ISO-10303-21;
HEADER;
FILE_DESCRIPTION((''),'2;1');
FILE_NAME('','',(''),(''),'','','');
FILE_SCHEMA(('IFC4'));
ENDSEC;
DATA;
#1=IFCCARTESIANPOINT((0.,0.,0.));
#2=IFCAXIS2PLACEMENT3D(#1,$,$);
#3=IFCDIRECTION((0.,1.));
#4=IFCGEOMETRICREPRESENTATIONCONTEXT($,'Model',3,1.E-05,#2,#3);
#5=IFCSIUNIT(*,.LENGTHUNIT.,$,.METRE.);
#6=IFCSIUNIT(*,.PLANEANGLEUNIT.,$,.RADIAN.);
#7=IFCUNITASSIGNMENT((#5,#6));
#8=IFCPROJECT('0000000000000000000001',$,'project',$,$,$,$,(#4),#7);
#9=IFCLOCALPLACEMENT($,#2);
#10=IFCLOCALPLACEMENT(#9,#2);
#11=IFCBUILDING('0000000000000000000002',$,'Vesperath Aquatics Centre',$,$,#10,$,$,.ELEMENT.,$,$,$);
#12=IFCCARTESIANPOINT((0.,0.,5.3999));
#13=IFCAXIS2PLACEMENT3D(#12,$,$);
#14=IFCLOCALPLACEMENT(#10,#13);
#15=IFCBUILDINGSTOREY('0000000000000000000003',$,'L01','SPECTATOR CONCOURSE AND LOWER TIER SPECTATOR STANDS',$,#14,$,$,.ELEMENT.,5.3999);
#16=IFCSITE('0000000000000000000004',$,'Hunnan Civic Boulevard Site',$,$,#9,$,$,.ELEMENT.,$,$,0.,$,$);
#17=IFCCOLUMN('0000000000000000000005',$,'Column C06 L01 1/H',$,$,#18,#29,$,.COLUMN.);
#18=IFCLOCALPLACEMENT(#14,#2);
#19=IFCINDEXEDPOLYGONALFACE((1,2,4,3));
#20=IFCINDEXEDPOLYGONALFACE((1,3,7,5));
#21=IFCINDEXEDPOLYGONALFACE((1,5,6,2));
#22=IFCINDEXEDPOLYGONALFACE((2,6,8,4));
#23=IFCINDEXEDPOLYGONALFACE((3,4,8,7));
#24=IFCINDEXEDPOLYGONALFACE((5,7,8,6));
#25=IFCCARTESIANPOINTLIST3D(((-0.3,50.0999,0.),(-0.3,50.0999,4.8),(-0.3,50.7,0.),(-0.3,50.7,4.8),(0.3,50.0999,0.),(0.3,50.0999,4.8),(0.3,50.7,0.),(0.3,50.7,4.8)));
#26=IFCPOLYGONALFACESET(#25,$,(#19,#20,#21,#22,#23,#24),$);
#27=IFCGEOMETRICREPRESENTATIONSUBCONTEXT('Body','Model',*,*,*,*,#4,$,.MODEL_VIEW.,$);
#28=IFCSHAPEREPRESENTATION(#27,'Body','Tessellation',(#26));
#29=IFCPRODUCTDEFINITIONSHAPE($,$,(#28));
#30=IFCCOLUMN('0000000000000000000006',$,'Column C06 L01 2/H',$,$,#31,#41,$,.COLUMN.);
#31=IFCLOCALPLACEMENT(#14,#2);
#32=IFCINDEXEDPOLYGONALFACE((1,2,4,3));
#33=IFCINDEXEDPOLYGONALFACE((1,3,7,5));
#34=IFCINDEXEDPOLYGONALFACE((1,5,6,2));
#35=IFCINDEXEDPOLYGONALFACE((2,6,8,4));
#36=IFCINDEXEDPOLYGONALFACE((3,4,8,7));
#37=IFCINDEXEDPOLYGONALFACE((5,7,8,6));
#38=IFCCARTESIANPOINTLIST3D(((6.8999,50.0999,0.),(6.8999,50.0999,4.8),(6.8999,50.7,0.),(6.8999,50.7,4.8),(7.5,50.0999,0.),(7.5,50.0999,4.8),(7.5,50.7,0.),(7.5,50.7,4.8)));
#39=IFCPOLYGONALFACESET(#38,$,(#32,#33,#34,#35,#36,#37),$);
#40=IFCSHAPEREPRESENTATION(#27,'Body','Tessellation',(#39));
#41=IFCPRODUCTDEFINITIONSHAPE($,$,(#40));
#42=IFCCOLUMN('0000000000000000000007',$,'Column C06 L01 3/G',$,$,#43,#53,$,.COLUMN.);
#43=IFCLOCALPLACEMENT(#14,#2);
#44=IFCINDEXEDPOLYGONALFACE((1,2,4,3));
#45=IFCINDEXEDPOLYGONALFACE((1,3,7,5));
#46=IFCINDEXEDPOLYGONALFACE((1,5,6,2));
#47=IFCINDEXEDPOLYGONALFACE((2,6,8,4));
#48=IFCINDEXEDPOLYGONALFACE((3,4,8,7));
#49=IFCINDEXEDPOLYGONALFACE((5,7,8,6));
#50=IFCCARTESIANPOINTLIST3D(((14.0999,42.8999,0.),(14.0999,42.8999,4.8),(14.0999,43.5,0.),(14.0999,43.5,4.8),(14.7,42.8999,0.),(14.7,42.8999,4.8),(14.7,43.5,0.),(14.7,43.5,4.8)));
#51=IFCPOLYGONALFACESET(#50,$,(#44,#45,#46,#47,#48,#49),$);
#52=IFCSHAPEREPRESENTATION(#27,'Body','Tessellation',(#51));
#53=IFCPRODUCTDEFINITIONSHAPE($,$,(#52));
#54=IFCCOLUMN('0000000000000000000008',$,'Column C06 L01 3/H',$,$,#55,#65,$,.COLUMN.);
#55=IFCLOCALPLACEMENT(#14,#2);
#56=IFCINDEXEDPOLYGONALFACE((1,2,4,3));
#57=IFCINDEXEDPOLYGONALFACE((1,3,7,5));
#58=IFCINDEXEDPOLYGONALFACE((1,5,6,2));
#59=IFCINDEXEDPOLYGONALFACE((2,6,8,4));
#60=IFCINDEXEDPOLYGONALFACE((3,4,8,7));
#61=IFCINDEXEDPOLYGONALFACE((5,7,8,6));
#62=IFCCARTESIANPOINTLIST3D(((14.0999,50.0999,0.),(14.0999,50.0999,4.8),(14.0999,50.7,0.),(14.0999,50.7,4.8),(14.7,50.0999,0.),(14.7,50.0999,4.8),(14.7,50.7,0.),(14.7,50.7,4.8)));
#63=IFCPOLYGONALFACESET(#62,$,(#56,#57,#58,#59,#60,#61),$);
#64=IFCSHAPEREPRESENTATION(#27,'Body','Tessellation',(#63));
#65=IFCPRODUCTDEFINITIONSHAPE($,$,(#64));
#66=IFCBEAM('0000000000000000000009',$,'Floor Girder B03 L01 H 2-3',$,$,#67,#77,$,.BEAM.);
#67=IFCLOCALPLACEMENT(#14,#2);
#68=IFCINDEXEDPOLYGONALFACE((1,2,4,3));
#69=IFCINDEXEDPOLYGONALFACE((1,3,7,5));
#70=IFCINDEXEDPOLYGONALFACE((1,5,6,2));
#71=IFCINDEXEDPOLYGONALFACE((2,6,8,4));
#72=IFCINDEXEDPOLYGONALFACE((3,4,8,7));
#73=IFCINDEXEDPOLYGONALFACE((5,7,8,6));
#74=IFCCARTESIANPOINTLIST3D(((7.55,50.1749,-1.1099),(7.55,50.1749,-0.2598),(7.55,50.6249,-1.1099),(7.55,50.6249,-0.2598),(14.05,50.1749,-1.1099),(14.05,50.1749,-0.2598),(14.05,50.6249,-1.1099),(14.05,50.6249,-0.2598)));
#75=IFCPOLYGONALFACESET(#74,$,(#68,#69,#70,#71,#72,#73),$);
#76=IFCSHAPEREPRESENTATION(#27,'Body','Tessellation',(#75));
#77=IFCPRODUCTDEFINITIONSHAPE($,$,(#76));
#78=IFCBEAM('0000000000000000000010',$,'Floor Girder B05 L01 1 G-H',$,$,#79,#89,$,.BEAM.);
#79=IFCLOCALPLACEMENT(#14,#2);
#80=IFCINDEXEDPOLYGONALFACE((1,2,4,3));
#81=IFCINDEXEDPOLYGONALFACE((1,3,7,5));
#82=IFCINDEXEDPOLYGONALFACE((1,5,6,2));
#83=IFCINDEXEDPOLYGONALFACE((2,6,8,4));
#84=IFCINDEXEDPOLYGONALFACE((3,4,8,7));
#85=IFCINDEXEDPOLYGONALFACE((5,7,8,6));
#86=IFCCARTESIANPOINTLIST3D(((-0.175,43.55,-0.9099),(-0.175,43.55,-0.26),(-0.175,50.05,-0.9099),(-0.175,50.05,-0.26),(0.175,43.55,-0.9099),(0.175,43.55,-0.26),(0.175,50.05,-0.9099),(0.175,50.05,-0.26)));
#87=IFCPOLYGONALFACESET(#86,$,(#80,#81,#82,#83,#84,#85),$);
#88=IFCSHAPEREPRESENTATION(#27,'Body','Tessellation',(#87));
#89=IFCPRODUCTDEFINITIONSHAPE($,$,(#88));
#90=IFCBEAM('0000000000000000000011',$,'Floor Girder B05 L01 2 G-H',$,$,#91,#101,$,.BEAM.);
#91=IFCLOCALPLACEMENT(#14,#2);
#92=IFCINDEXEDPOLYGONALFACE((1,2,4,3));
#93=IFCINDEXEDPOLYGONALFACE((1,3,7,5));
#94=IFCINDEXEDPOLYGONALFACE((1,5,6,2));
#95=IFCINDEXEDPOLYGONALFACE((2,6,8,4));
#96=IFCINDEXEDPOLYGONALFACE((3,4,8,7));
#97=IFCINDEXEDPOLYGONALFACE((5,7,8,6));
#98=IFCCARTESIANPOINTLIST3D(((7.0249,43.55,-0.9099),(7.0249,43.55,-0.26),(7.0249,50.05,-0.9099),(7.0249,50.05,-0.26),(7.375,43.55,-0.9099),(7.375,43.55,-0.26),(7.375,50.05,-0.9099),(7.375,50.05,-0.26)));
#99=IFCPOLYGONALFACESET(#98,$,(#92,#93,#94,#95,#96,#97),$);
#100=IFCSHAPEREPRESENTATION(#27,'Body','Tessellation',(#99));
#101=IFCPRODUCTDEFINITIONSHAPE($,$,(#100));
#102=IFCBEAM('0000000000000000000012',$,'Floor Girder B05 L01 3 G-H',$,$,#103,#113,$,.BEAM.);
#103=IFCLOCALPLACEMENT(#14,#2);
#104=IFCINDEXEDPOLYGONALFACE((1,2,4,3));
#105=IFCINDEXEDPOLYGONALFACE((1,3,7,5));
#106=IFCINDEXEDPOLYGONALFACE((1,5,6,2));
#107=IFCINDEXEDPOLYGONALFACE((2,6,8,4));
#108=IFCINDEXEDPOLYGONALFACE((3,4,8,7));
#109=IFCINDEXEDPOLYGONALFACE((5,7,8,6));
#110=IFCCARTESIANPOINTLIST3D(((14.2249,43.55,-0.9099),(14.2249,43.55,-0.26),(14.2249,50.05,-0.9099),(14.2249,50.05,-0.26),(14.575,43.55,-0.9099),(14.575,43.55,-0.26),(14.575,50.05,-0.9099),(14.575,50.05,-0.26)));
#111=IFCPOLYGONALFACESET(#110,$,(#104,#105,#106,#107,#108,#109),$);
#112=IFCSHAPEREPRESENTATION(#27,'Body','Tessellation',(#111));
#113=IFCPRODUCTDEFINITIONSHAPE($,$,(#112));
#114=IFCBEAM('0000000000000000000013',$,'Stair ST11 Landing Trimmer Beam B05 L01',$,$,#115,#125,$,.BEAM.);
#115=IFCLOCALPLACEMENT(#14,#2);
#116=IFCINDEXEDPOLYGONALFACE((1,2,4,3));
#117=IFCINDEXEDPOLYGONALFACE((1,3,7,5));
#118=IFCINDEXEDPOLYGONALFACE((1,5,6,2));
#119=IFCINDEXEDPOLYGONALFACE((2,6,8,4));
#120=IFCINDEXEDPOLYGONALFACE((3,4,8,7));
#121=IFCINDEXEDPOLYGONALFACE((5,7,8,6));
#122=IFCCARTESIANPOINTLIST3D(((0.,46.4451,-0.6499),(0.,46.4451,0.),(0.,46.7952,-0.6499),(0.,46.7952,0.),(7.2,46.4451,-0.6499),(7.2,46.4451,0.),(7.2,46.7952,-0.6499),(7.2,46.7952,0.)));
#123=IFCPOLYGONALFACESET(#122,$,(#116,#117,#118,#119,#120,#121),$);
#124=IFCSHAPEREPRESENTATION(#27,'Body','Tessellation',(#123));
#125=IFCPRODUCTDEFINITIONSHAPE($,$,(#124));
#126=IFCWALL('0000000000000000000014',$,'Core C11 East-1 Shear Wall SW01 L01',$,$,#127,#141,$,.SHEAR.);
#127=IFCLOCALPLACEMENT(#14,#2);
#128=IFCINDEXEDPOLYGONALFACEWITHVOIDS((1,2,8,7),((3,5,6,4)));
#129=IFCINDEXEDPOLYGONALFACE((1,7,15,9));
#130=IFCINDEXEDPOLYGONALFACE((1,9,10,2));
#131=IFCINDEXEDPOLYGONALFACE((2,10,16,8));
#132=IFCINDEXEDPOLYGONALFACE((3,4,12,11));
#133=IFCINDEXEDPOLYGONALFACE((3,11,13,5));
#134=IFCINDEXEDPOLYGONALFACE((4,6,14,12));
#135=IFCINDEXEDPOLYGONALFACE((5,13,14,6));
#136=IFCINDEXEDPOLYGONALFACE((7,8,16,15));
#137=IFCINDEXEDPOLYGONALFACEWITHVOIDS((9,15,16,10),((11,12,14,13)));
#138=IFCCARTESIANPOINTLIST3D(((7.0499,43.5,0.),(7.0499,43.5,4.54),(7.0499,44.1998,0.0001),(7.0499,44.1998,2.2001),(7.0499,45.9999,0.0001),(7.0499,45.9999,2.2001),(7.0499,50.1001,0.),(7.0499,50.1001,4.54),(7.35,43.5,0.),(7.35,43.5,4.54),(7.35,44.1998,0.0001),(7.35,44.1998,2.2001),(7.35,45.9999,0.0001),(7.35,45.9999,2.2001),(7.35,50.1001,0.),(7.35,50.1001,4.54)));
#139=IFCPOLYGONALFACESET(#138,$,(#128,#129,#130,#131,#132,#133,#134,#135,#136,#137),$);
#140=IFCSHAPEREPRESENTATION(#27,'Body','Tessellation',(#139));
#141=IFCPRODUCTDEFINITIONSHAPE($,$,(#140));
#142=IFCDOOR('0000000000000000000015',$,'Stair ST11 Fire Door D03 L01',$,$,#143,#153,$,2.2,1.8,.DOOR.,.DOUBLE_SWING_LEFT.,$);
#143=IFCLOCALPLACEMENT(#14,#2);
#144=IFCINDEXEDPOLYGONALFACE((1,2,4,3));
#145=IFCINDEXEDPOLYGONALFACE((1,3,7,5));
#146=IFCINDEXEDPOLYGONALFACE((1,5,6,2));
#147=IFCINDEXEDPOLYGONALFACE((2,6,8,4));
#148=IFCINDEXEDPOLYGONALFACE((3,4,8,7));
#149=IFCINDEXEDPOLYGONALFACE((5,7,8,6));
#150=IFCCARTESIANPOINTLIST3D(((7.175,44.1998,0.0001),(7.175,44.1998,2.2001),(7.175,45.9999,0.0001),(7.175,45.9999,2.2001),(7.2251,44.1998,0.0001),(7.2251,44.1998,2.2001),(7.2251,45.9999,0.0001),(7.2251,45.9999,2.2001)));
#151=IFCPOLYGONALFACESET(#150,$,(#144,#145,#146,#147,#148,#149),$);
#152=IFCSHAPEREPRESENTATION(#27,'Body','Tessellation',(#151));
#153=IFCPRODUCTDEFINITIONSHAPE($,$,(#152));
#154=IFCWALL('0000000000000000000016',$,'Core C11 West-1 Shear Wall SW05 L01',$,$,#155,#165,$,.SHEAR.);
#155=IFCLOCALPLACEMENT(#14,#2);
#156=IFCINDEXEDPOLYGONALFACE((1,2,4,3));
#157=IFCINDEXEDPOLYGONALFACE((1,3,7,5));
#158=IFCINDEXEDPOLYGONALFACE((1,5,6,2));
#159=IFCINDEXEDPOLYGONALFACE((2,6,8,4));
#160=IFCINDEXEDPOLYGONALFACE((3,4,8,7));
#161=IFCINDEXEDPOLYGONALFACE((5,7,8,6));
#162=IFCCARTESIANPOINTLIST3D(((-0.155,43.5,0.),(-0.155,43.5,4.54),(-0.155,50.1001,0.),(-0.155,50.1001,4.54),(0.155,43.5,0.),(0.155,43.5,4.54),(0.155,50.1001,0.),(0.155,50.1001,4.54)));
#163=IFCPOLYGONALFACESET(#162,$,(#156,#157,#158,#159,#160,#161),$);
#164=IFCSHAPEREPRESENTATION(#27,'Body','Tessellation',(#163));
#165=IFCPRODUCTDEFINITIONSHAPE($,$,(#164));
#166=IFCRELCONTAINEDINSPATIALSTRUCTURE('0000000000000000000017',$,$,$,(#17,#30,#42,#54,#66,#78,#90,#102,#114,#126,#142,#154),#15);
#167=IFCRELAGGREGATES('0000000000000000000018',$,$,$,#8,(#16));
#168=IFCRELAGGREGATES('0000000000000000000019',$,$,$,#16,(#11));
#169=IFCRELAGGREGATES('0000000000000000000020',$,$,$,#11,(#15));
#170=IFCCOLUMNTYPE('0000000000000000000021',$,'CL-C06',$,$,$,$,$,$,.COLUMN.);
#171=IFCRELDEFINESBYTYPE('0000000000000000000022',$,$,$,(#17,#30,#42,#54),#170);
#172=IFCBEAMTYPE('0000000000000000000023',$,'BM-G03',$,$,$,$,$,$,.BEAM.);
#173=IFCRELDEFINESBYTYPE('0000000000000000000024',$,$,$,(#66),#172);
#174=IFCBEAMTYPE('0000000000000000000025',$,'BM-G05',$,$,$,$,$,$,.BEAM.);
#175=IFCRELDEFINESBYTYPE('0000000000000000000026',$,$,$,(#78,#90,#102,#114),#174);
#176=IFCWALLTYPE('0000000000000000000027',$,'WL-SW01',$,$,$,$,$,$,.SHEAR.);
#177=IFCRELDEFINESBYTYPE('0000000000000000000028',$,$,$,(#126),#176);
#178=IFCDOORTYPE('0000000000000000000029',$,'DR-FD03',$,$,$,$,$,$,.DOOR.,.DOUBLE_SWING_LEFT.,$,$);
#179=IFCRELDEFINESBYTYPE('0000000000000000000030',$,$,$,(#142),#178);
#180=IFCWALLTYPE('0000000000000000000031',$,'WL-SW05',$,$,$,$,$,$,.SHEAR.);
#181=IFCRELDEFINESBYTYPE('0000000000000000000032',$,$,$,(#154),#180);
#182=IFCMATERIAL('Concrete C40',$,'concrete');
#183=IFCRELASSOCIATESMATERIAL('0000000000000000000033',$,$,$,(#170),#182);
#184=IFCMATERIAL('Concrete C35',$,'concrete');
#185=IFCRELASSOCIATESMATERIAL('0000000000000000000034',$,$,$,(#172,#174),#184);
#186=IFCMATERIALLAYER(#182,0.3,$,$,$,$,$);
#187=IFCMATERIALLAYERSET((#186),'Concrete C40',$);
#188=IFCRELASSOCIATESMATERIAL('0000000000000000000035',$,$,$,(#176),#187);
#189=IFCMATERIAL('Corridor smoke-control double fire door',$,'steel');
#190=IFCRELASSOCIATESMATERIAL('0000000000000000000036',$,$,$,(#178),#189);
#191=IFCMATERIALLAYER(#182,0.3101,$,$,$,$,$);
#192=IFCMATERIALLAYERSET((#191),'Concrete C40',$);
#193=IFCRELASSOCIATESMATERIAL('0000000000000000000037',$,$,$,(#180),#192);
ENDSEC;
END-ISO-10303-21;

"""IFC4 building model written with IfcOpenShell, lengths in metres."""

from ifc_helpers import new_model, si_unit, direction, frame, frame_2d, origin, origin_2d, place, context, subcontext, project, spatial, rectangle, extrude, material, layer, layer_set, material_profile, profile_set, type_object, element, fill, save


model = new_model("IFC4")

# Units and contexts
model_context = context("Model", 3, precision=1e-05, world=origin(), true_north=direction((0.0, 1.0)))
body_context = subcontext(model_context, "Body", "Model", "MODEL_VIEW")
ifc_project = project(units=[si_unit("LENGTHUNIT", "METRE"), si_unit("PLANEANGLEUNIT", "RADIAN")], contexts=[model_context])

# Site, building, storey
site_placement = place(None, origin())
site = spatial("IfcSite", under=ifc_project, at=site_placement, Name="Hunnan Civic Boulevard Site", CompositionType="ELEMENT", RefElevation=0.0)
building_placement = place(site_placement, origin())
building = spatial("IfcBuilding", under=site, at=building_placement, Name="Vesperath Aquatics Centre", CompositionType="ELEMENT")
storey_placement = place(building_placement, frame((0.0, 0.0, 5.3999)))
storey = spatial("IfcBuildingStorey", under=building, at=storey_placement, Name="L01", Description="SPECTATOR CONCOURSE AND LOWER TIER SPECTATOR STANDS", CompositionType="ELEMENT", Elevation=5.3999)

# Columns
ifc_material_1 = material(Name="Concrete C40", Category="concrete")
ifc_material_profile_1 = material_profile(ifc_material_1, rectangle(XDim=0.6001, YDim=0.6001, at=origin_2d()), Name="RC 600x600")
ifc_profile_set_1 = profile_set([ifc_material_profile_1], Name="Concrete C40")
column_type = type_object("IfcColumnType", Name="CL-C06", PredefinedType="COLUMN", material=ifc_profile_set_1)
for number, where, z_axis, x_axis, name in (
    (1, (0.0, 50.3999, 0.0), (0.0, 0.0, 1.0), (1.0, 0.0, 0.0), "Column C06 L01 1/H"),
    (2, (7.2, 50.3999, 0.0), (0.0, 0.0, 1.0), (1.0, 0.0, 0.0), "Column C06 L01 2/H"),
    (3, (14.3999, 43.2, 0.0), (0.0, 0.0, 1.0), (1.0, 0.0, 0.0), "Column C06 L01 3/G"),
    (4, (14.3999, 50.3999, 0.0), (0.0, 0.0, 1.0), (1.0, 0.0, 0.0), "Column C06 L01 3/H"),
):
    element("IfcColumn", number, at=place(storey_placement, frame(where, z_axis=z_axis, x_axis=x_axis)), inside=storey, type_object=column_type, Name=name, PredefinedType="COLUMN", context=body_context, shape_type="SweptSolid", body=[
        extrude(rectangle(XDim=0.6001, YDim=0.6001, at=origin_2d()), origin(), (0.0, 0.0, 1.0), 4.8),
    ])

# Beams
ifc_material_2 = material(Name="Concrete C35", Category="concrete")
ifc_material_profile_2 = material_profile(ifc_material_2, rectangle(XDim=0.45, YDim=0.8501, at=origin_2d()), Name="RC 450x850")
ifc_profile_set_2 = profile_set([ifc_material_profile_2], Name="Concrete C35")
beam_type_1 = type_object("IfcBeamType", Name="BM-G03", PredefinedType="BEAM", material=ifc_profile_set_2)
beam_1_placement = place(storey_placement, frame((7.55, 50.3999, -0.6848), z_axis=(1.0, 0.0, 0.0), x_axis=(0.0, 1.0, 0.0)))
element("IfcBeam", 5, at=beam_1_placement, inside=storey, type_object=beam_type_1, Name="Floor Girder B03 L01 H 2-3", PredefinedType="BEAM", context=body_context, shape_type="SweptSolid", body=[
    extrude(rectangle(XDim=0.45, YDim=0.8501, at=origin_2d()), origin(), (0.0, 0.0, 1.0), 6.5),
])
ifc_material_profile_3 = material_profile(ifc_material_2, rectangle(XDim=0.3501, YDim=0.6499, at=origin_2d()), Name="RC 350x650")
ifc_profile_set_3 = profile_set([ifc_material_profile_3], Name="Concrete C35")
beam_type_2 = type_object("IfcBeamType", Name="BM-G05", PredefinedType="BEAM", material=ifc_profile_set_3)
for number, where, z_axis, x_axis, name in (
    (6, (0.0, 43.55, -0.585), (0.0, 1.0, 0.0), (-1.0, 0.0, 0.0), "Floor Girder B05 L01 1 G-H"),
    (7, (7.2, 43.55, -0.585), (0.0, 1.0, 0.0), (-1.0, 0.0, 0.0), "Floor Girder B05 L01 2 G-H"),
    (8, (14.3999, 43.55, -0.585), (0.0, 1.0, 0.0), (-1.0, 0.0, 0.0), "Floor Girder B05 L01 3 G-H"),
):
    element("IfcBeam", number, at=place(storey_placement, frame(where, z_axis=z_axis, x_axis=x_axis)), inside=storey, type_object=beam_type_2, Name=name, PredefinedType="BEAM", context=body_context, shape_type="SweptSolid", body=[
        extrude(rectangle(XDim=0.3501, YDim=0.6499, at=origin_2d()), origin(), (0.0, 0.0, 1.0), 6.5),
    ])
beam_2_placement = place(storey_placement, frame((0.0, 46.6201, -0.325), z_axis=(1.0, 0.0, 0.0), x_axis=(0.0, 1.0, 0.0)))
element("IfcBeam", 9, at=beam_2_placement, inside=storey, type_object=beam_type_2, Name="Stair ST11 Landing Trimmer Beam B05 L01", PredefinedType="BEAM", context=body_context, shape_type="SweptSolid", body=[
    extrude(rectangle(XDim=0.3501, YDim=0.6499, at=origin_2d()), origin(), (0.0, 0.0, 1.0), 7.2),
])

# Wall, opening, door
ifc_layer_1 = layer(ifc_material_1, 0.3)
ifc_layer_set_1 = layer_set([ifc_layer_1], Name="Concrete C40")
wall_type_1 = type_object("IfcWallType", Name="WL-SW01", PredefinedType="SHEAR", material=ifc_layer_set_1)
wall_1_placement = place(storey_placement, frame((7.2, 43.5, 0.0), z_axis=(0.0, 0.0, 1.0), x_axis=(0.0, 1.0, 0.0)))
wall_1 = element("IfcWall", 10, at=wall_1_placement, inside=storey, type_object=wall_type_1, Name="Core C11 East-1 Shear Wall SW01 L01", PredefinedType="SHEAR", context=body_context, shape_type="SweptSolid", body=[
    extrude(rectangle(XDim=6.6001, YDim=0.3, at=frame_2d((3.3, 0.0))), origin(), (0.0, 0.0, 1.0), 4.54),
])
opening_placement = place(wall_1_placement, frame((0.7, 0.0, 0.0)))
opening = element("IfcOpeningElement", 11, at=opening_placement, cuts=wall_1, PredefinedType="OPENING", context=body_context, shape_type="SweptSolid", body=[
    extrude(rectangle(XDim=1.8, YDim=2.2, at=frame_2d((0.8999, 1.1001))), frame((0.0, 0.165, 0.0), z_axis=(0.0, -1.0, 0.0), x_axis=(1.0, 0.0, 0.0)), (0.0, 0.0, 1.0), 0.3298),
])
ifc_material_3 = material(Name="Corridor smoke-control double fire door", Category="steel")
door_type = type_object("IfcDoorType", Name="DR-FD03", OperationType="DOUBLE_SWING_LEFT", PredefinedType="DOOR", material=ifc_material_3)
door_placement = place(opening_placement, origin())
door = element("IfcDoor", 12, at=door_placement, inside=storey, type_object=door_type, Name="Stair ST11 Fire Door D03 L01", OperationType="DOUBLE_SWING_LEFT", OverallHeight=2.2, OverallWidth=1.8, PredefinedType="DOOR", context=body_context, shape_type="SweptSolid", body=[
    extrude(rectangle(XDim=1.8, YDim=2.2, at=frame_2d((0.8999, 1.1001))), frame((0.0, 0.0249, 0.0), z_axis=(0.0, -1.0, 0.0), x_axis=(1.0, 0.0, 0.0)), (0.0, 0.0, 1.0), 0.05),
])
fill(opening, door)

# Wall
ifc_layer_2 = layer(ifc_material_1, 0.3101)
ifc_layer_set_2 = layer_set([ifc_layer_2], Name="Concrete C40")
wall_type_2 = type_object("IfcWallType", Name="WL-SW05", PredefinedType="SHEAR", material=ifc_layer_set_2)
wall_2_placement = place(storey_placement, frame((0.0, 43.5, 0.0), z_axis=(0.0, 0.0, 1.0), x_axis=(0.0, 1.0, 0.0)))
element("IfcWall", 13, at=wall_2_placement, inside=storey, type_object=wall_type_2, Name="Core C11 West-1 Shear Wall SW05 L01", PredefinedType="SHEAR", context=body_context, shape_type="SweptSolid", body=[
    extrude(rectangle(XDim=6.6001, YDim=0.3101, at=frame_2d((3.3, 0.0))), origin(), (0.0, 0.0, 1.0), 4.54),
])

save(model, "model.ifc")
